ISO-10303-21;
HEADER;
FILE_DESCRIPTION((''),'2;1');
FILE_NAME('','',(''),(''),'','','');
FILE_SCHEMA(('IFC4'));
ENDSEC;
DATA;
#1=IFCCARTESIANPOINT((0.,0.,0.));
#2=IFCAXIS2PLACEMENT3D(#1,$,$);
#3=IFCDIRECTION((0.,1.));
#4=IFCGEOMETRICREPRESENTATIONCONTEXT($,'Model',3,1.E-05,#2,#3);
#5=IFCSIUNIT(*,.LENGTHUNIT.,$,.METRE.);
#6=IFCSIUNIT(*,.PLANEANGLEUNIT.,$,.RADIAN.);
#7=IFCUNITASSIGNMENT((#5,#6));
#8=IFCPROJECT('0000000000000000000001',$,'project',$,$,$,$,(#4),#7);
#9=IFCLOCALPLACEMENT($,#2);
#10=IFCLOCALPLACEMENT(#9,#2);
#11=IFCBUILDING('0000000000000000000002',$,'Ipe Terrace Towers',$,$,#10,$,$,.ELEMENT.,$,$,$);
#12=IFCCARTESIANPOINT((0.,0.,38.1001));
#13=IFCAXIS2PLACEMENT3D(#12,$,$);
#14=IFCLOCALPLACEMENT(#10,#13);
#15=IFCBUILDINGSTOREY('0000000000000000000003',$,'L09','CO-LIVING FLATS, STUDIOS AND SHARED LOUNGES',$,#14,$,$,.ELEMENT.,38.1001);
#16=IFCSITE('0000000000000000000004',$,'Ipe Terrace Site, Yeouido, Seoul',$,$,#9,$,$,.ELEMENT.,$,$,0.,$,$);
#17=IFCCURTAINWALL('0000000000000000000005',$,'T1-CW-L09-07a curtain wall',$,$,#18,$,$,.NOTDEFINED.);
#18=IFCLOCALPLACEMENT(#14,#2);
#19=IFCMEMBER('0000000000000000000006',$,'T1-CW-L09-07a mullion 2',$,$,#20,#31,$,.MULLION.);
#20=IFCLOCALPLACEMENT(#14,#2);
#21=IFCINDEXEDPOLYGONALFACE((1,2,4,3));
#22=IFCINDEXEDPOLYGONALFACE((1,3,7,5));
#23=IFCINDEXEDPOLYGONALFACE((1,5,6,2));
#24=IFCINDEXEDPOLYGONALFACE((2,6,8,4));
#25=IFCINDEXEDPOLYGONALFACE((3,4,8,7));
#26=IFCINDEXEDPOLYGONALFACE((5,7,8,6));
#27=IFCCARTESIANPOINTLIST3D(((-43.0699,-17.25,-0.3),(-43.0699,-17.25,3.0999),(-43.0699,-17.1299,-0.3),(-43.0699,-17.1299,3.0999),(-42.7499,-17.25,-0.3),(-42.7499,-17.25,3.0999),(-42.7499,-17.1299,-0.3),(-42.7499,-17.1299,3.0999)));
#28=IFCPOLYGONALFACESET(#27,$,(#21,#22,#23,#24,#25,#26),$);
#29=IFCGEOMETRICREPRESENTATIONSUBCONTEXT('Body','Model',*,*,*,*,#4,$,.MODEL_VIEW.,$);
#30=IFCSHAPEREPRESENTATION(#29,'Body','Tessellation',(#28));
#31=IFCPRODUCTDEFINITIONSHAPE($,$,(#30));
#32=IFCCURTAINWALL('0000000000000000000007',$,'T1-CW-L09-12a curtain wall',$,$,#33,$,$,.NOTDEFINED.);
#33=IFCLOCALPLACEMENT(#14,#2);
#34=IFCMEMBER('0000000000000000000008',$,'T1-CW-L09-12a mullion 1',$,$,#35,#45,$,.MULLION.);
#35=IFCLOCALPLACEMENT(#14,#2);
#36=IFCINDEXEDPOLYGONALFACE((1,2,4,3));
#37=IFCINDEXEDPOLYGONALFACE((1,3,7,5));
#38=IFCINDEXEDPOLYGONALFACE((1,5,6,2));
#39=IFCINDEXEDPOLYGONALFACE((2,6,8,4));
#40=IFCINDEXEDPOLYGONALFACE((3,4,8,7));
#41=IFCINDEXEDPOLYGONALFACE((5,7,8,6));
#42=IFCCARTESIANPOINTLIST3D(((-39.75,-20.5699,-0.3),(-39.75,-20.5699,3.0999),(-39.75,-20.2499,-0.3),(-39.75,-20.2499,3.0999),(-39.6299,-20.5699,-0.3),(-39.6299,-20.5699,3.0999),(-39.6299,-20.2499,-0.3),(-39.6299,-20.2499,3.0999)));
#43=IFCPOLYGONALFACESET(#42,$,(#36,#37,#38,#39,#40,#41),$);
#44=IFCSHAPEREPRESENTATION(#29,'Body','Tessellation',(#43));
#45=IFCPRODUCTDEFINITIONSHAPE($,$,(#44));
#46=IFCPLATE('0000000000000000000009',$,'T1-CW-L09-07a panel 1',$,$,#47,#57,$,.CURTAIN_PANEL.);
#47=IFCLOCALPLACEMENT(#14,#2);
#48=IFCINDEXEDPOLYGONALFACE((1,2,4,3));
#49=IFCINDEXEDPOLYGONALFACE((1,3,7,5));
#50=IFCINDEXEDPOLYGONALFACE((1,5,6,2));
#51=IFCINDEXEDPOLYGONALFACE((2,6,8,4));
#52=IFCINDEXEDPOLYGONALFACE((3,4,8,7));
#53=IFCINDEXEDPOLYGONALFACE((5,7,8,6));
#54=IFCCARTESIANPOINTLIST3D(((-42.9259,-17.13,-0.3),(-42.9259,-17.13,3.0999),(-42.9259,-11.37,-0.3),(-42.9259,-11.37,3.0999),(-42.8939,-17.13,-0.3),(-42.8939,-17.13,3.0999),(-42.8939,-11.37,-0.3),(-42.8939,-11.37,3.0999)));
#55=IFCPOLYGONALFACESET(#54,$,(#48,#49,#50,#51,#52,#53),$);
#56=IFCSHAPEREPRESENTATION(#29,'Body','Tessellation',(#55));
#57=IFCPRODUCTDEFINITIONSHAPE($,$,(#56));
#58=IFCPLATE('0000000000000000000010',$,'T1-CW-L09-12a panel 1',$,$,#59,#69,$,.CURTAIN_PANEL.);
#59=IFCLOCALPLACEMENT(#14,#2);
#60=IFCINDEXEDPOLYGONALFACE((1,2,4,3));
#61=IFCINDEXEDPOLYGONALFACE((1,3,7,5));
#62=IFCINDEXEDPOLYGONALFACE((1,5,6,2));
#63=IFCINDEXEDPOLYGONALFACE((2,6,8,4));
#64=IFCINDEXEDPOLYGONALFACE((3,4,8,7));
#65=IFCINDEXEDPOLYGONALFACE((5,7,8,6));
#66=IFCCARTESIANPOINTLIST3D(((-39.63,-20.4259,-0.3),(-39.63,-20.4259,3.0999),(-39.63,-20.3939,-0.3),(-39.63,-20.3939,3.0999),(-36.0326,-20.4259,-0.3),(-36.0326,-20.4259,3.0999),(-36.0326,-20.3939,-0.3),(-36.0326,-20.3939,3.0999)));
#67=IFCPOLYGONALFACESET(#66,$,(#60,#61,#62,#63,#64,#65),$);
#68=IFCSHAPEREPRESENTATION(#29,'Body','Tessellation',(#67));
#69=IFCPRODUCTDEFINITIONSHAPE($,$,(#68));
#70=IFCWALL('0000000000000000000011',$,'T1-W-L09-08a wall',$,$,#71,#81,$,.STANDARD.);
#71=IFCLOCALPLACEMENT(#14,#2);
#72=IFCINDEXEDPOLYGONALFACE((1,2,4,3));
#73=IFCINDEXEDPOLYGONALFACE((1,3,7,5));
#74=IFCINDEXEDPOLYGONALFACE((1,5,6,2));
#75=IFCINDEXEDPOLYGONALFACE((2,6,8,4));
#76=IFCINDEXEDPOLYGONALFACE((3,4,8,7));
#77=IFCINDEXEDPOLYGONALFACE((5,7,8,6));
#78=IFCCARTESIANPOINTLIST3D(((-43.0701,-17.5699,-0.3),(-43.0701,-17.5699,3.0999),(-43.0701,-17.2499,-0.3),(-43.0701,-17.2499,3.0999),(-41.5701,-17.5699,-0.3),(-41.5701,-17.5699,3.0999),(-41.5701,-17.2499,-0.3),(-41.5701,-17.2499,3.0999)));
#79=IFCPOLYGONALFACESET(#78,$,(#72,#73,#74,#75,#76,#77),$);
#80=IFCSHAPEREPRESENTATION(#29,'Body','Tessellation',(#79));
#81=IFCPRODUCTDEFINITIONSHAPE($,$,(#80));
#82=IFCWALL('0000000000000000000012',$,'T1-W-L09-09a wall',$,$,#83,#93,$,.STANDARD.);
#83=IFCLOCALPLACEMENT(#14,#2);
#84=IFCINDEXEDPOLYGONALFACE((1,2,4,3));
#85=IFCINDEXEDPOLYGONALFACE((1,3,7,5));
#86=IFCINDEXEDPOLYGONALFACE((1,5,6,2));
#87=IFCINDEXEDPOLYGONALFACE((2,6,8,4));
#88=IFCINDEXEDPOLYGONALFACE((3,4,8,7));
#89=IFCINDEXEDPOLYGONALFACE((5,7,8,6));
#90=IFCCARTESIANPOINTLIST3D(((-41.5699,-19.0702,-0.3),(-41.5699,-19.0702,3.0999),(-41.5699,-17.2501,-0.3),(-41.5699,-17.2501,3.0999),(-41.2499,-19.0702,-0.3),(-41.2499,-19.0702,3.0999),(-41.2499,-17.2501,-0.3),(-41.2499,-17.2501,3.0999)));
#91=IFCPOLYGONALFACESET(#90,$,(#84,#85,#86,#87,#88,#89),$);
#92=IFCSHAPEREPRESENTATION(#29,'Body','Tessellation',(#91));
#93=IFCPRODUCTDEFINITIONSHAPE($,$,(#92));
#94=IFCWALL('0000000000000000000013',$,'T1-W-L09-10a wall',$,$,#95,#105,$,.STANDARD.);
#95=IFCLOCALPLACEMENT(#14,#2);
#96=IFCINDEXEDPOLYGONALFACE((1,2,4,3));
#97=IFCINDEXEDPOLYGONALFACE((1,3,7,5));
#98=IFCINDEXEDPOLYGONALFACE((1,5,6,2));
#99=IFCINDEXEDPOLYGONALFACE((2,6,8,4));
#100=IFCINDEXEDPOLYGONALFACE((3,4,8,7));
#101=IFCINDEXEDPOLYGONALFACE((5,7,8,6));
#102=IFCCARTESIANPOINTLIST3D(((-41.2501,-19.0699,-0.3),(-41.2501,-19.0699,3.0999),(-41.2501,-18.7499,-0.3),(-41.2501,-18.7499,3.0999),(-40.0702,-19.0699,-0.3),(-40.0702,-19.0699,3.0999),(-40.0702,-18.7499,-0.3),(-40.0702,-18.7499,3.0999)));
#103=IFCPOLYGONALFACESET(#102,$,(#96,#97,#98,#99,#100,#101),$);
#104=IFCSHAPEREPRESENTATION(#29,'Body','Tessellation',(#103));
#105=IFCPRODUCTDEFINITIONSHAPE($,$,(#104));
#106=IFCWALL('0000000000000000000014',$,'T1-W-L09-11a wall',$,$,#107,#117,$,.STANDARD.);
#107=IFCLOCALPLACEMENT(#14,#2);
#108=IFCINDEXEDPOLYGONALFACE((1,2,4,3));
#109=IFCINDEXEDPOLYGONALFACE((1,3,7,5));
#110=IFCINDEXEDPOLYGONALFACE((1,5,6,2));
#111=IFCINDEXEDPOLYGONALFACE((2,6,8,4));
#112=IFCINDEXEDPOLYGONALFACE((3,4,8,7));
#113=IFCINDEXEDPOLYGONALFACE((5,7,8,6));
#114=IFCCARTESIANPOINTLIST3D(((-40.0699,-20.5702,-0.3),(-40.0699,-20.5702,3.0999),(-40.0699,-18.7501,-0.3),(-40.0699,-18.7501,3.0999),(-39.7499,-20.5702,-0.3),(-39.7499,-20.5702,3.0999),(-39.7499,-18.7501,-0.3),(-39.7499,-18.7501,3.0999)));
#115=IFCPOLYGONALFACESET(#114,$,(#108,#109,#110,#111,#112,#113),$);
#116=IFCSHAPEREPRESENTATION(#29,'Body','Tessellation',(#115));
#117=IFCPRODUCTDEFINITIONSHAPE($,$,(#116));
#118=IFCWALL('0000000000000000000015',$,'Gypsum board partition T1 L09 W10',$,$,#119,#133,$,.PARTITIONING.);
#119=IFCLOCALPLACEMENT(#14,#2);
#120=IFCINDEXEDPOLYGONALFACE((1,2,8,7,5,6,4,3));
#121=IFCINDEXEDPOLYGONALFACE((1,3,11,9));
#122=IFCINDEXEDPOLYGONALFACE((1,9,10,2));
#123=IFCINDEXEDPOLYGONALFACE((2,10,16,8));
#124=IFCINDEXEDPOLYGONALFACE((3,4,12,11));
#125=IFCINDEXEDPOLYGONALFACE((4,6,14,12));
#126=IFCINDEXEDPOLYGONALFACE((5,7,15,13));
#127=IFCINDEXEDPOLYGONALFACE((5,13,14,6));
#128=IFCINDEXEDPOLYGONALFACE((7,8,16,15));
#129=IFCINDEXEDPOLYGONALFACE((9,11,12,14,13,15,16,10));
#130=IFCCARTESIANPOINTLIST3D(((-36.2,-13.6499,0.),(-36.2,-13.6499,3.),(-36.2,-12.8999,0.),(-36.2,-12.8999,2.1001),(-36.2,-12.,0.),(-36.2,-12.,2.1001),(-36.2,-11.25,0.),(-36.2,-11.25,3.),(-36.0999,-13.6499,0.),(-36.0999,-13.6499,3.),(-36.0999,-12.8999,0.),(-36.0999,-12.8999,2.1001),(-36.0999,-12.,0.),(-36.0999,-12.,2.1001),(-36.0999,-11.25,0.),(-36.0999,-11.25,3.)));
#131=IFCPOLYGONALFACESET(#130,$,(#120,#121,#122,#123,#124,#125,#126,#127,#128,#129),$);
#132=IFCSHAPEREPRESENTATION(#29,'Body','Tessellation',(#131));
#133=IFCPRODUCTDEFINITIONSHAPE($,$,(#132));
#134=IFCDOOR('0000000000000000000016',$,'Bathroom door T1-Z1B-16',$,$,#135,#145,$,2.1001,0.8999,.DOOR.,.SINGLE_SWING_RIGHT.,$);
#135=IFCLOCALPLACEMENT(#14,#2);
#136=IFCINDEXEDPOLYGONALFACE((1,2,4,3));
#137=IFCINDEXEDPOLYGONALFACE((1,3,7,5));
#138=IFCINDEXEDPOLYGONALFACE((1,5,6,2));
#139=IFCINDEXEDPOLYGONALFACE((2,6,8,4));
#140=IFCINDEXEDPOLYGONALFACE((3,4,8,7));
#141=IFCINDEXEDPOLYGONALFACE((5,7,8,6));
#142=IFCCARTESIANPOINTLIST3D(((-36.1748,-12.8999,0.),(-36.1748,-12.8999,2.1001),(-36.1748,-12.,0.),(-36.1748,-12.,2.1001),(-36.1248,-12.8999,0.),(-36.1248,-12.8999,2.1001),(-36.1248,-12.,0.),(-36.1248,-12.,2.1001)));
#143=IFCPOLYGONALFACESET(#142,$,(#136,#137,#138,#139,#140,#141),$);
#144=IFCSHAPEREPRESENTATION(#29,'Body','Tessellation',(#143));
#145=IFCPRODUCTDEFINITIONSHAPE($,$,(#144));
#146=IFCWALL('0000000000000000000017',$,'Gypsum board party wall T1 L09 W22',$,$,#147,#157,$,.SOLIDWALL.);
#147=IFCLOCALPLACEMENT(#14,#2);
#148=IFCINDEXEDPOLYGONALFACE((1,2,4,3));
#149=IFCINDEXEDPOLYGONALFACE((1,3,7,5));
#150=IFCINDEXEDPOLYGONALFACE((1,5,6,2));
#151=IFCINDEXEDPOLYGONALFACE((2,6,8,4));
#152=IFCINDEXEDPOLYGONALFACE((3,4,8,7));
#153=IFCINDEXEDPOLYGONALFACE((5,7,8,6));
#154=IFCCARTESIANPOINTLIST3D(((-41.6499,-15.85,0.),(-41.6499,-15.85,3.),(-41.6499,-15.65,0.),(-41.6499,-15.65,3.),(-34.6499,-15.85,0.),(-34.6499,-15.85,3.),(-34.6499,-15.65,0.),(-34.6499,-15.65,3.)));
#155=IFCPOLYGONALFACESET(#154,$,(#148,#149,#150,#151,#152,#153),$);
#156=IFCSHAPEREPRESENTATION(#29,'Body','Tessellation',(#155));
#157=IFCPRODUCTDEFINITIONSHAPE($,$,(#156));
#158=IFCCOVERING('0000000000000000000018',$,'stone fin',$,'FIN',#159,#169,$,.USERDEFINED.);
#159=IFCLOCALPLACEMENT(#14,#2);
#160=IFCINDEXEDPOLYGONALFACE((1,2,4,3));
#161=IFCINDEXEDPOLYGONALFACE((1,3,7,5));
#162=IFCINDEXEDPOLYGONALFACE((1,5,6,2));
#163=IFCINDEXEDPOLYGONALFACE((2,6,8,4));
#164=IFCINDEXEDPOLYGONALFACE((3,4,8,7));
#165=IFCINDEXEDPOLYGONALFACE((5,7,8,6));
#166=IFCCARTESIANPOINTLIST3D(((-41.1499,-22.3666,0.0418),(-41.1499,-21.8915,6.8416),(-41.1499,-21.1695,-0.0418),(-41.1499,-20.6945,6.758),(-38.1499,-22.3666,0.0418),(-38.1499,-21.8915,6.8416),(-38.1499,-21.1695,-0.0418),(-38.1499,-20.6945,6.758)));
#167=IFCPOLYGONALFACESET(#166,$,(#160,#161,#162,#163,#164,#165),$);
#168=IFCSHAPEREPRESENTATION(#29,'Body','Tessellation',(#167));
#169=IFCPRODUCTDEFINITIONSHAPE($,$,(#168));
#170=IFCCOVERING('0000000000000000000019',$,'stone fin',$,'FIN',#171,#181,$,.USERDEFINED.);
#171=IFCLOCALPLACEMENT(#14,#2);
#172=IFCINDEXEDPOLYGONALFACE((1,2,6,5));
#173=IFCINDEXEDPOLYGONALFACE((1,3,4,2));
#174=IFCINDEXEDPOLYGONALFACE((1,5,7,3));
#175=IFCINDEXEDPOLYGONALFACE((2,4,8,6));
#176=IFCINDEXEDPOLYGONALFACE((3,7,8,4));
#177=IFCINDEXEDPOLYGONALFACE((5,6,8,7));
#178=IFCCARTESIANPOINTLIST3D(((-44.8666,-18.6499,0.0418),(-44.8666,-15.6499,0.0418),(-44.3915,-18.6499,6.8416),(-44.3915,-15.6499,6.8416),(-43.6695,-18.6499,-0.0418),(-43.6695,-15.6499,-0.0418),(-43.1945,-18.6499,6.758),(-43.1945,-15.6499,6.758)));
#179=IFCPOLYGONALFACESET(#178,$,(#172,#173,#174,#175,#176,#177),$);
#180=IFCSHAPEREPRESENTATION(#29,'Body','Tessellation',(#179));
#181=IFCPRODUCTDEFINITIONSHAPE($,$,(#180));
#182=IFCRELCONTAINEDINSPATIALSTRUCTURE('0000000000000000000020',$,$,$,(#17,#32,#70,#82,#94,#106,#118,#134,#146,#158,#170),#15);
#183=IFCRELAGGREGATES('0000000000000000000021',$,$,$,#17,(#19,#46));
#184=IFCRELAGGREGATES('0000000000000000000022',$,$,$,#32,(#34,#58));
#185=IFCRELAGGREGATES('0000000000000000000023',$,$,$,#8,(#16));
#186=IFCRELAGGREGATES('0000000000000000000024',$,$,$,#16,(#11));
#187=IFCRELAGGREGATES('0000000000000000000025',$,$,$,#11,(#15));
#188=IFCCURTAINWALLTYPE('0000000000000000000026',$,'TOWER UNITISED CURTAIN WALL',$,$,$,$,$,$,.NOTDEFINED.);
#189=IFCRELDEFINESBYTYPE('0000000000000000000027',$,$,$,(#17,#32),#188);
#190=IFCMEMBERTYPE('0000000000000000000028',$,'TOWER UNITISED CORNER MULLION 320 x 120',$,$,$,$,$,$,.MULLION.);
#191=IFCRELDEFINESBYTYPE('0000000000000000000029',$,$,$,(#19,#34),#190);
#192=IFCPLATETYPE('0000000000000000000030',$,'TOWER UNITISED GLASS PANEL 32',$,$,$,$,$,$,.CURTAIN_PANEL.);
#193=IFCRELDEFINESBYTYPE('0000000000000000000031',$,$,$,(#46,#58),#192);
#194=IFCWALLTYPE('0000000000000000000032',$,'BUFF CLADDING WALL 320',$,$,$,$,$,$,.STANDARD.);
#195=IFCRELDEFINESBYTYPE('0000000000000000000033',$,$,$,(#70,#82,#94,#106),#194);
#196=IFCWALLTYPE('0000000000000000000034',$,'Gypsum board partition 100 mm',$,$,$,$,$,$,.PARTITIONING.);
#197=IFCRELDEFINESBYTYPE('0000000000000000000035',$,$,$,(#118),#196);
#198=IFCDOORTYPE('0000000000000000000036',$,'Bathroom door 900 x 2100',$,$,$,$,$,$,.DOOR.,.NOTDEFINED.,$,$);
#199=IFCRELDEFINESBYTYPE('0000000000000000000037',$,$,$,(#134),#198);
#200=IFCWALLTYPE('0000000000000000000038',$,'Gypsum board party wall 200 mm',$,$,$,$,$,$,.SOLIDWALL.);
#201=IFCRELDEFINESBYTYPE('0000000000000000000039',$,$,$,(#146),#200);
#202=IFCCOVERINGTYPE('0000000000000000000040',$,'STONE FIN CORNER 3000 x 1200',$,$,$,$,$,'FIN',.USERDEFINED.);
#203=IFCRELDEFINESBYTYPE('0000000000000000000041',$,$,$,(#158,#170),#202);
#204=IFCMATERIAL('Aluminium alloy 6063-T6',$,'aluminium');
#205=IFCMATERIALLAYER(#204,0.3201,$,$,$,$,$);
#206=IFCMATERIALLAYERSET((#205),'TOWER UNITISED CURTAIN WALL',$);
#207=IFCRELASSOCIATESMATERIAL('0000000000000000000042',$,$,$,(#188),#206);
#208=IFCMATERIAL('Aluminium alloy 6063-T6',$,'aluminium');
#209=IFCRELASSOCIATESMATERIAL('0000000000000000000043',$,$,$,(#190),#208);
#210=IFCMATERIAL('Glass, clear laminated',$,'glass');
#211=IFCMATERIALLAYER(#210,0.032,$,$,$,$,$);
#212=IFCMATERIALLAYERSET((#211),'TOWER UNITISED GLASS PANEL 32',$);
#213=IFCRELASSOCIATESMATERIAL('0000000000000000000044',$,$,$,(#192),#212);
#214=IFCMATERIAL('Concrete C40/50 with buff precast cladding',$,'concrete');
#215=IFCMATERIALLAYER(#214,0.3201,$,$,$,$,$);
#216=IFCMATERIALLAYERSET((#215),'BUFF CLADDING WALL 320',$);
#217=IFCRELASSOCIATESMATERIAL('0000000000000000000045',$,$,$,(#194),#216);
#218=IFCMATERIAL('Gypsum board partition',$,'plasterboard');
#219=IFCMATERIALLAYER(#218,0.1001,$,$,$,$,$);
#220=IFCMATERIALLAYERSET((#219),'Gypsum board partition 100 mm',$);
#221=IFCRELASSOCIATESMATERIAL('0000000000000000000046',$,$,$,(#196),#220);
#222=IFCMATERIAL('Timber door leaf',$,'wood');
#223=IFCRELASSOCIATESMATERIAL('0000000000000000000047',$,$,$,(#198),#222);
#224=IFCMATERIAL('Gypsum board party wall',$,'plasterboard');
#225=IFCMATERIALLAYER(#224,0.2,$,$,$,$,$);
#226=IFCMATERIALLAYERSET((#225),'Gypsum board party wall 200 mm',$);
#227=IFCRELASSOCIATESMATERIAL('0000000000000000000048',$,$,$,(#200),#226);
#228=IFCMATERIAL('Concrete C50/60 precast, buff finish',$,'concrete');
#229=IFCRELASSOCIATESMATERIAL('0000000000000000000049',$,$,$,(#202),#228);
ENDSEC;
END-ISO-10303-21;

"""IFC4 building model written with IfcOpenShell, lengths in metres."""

from ifc_helpers import new_model, si_unit, direction, frame, frame_2d, origin, origin_2d, place, context, subcontext, project, spatial, rectangle, extrude, material, layer, layer_set, material_profile, profile_set, type_object, element, fill, aggregate, save


model = new_model("IFC4")

# Units and contexts
model_context = context("Model", 3, precision=1e-05, world=origin(), true_north=direction((0.0, 1.0)))
body_context = subcontext(model_context, "Body", "Model", "MODEL_VIEW")
ifc_project = project(units=[si_unit("LENGTHUNIT", "METRE"), si_unit("PLANEANGLEUNIT", "RADIAN")], contexts=[model_context])

# Site, building, storey
site_placement = place(None, origin())
site = spatial("IfcSite", under=ifc_project, at=site_placement, Name="Ipe Terrace Site, Yeouido, Seoul", CompositionType="ELEMENT", RefElevation=0.0)
building_placement = place(site_placement, origin())
building = spatial("IfcBuilding", under=site, at=building_placement, Name="Ipe Terrace Towers", CompositionType="ELEMENT")
storey_placement = place(building_placement, frame((0.0, 0.0, 38.1001)))
storey = spatial("IfcBuildingStorey", under=building, at=storey_placement, Name="L09", Description="CO-LIVING FLATS, STUDIOS AND SHARED LOUNGES", CompositionType="ELEMENT", Elevation=38.1001)

# Curtain walls, members
ifc_material_1 = material(Name="Aluminium alloy 6063-T6", Category="aluminium")
ifc_layer_1 = layer(ifc_material_1, 0.3201)
ifc_layer_set_1 = layer_set([ifc_layer_1], Name="TOWER UNITISED CURTAIN WALL")
curtain_wall_type = type_object("IfcCurtainWallType", Name="TOWER UNITISED CURTAIN WALL", PredefinedType="NOTDEFINED", material=ifc_layer_set_1)
curtain_wall_1_placement = place(storey_placement, origin())
curtain_wall_1 = element("IfcCurtainWall", 1, at=curtain_wall_1_placement, inside=storey, type_object=curtain_wall_type, Name="T1-CW-L09-07a curtain wall", PredefinedType="NOTDEFINED")
ifc_material_2 = material(Name="Aluminium alloy 6063-T6", Category="aluminium")
ifc_material_profile_1 = material_profile(ifc_material_2, rectangle(XDim=0.3201, YDim=0.1201, at=origin_2d()), Name="TOWER UNITISED CORNER MULLION 320 x 120")
ifc_profile_set_1 = profile_set([ifc_material_profile_1], Name="Aluminium alloy 6063-T6")
member_type = type_object("IfcMemberType", Name="TOWER UNITISED CORNER MULLION 320 x 120", PredefinedType="MULLION", material=ifc_profile_set_1)
member_1_placement = place(storey_placement, frame((-42.9099, -17.1899, -0.3), z_axis=(0.0, 0.0, 1.0), x_axis=(-1.0, 0.0, 0.0)))
member_1 = element("IfcMember", 2, at=member_1_placement, type_object=member_type, Name="T1-CW-L09-07a mullion 2", PredefinedType="MULLION", context=body_context, shape_type="SweptSolid", body=[
    extrude(rectangle(XDim=0.3201, YDim=0.1201, at=origin_2d()), origin(), (0.0, 0.0, 1.0), 3.3999),
])
curtain_wall_2_placement = place(storey_placement, origin())
curtain_wall_2 = element("IfcCurtainWall", 3, at=curtain_wall_2_placement, inside=storey, type_object=curtain_wall_type, Name="T1-CW-L09-12a curtain wall", PredefinedType="NOTDEFINED")
member_2_placement = place(storey_placement, frame((-39.6899, -20.4099, -0.3), z_axis=(0.0, 0.0, 1.0), x_axis=(0.0, -1.0, 0.0)))
member_2 = element("IfcMember", 4, at=member_2_placement, type_object=member_type, Name="T1-CW-L09-12a mullion 1", PredefinedType="MULLION", context=body_context, shape_type="SweptSolid", body=[
    extrude(rectangle(XDim=0.3201, YDim=0.1201, at=origin_2d()), origin(), (0.0, 0.0, 1.0), 3.3999),
])

# Plates
ifc_material_3 = material(Name="Glass, clear laminated", Category="glass")
ifc_layer_2 = layer(ifc_material_3, 0.032)
ifc_layer_set_2 = layer_set([ifc_layer_2], Name="TOWER UNITISED GLASS PANEL 32")
plate_type = type_object("IfcPlateType", Name="TOWER UNITISED GLASS PANEL 32", PredefinedType="CURTAIN_PANEL", material=ifc_layer_set_2)
plate_1_placement = place(storey_placement, frame((-42.9099, -14.25, -0.3), z_axis=(0.0, 0.0, 1.0), x_axis=(0.0, -1.0, 0.0)))
plate_1 = element("IfcPlate", 5, at=plate_1_placement, type_object=plate_type, Name="T1-CW-L09-07a panel 1", PredefinedType="CURTAIN_PANEL", context=body_context, shape_type="SweptSolid", body=[
    extrude(rectangle(XDim=5.76, YDim=0.032, at=origin_2d()), origin(), (0.0, 0.0, 1.0), 3.3999),
])
aggregate(curtain_wall_1, [member_1, plate_1])
plate_2_placement = place(storey_placement, frame((-37.8313, -20.4099, -0.3), z_axis=(0.0, 0.0, 1.0), x_axis=(1.0, 0.0, 0.0)))
plate_2 = element("IfcPlate", 6, at=plate_2_placement, type_object=plate_type, Name="T1-CW-L09-12a panel 1", PredefinedType="CURTAIN_PANEL", context=body_context, shape_type="SweptSolid", body=[
    extrude(rectangle(XDim=3.5974, YDim=0.032, at=origin_2d()), origin(), (0.0, 0.0, 1.0), 3.3999),
])
aggregate(curtain_wall_2, [member_2, plate_2])

# Walls
ifc_material_4 = material(Name="Concrete C40/50 with buff precast cladding", Category="concrete")
ifc_layer_3 = layer(ifc_material_4, 0.3201)
ifc_layer_set_3 = layer_set([ifc_layer_3], Name="BUFF CLADDING WALL 320")
wall_type_1 = type_object("IfcWallType", Name="BUFF CLADDING WALL 320", PredefinedType="STANDARD", material=ifc_layer_set_3)
wall_1_placement = place(storey_placement, frame((-43.0701, -17.4099, -0.3), z_axis=(0.0, 0.0, 1.0), x_axis=(1.0, 0.0, 0.0)))
element("IfcWall", 7, at=wall_1_placement, inside=storey, type_object=wall_type_1, Name="T1-W-L09-08a wall", PredefinedType="STANDARD", context=body_context, shape_type="SweptSolid", body=[
    extrude(rectangle(XDim=1.5, YDim=0.3201, at=frame_2d((0.75, 0.0))), origin(), (0.0, 0.0, 1.0), 3.3999),
])
wall_2_placement = place(storey_placement, frame((-41.4099, -17.25, -0.3), z_axis=(0.0, 0.0, 1.0), x_axis=(0.0, -1.0, 0.0)))
element("IfcWall", 8, at=wall_2_placement, inside=storey, type_object=wall_type_1, Name="T1-W-L09-09a wall", PredefinedType="STANDARD", context=body_context, shape_type="SweptSolid", body=[
    extrude(rectangle(XDim=1.8201, YDim=0.3201, at=frame_2d((0.9102, 0.0))), origin(), (0.0, 0.0, 1.0), 3.3999),
])
wall_3_placement = place(storey_placement, frame((-41.25, -18.9099, -0.3), z_axis=(0.0, 0.0, 1.0), x_axis=(1.0, 0.0, 0.0)))
element("IfcWall", 9, at=wall_3_placement, inside=storey, type_object=wall_type_1, Name="T1-W-L09-10a wall", PredefinedType="STANDARD", context=body_context, shape_type="SweptSolid", body=[
    extrude(rectangle(XDim=1.1799, YDim=0.3201, at=frame_2d((0.5898, 0.0))), origin(), (0.0, 0.0, 1.0), 3.3999),
])
wall_4_placement = place(storey_placement, frame((-39.9099, -18.75, -0.3), z_axis=(0.0, 0.0, 1.0), x_axis=(0.0, -1.0, 0.0)))
element("IfcWall", 10, at=wall_4_placement, inside=storey, type_object=wall_type_1, Name="T1-W-L09-11a wall", PredefinedType="STANDARD", context=body_context, shape_type="SweptSolid", body=[
    extrude(rectangle(XDim=1.8201, YDim=0.3201, at=frame_2d((0.9102, 0.0))), origin(), (0.0, 0.0, 1.0), 3.3999),
])

# Wall, opening, door
ifc_material_5 = material(Name="Gypsum board partition", Category="plasterboard")
ifc_layer_4 = layer(ifc_material_5, 0.1001)
ifc_layer_set_4 = layer_set([ifc_layer_4], Name="Gypsum board partition 100 mm")
wall_type_2 = type_object("IfcWallType", Name="Gypsum board partition 100 mm", PredefinedType="PARTITIONING", material=ifc_layer_set_4)
wall_5_placement = place(storey_placement, frame((-36.1499, -13.6499, 0.0), z_axis=(0.0, 0.0, 1.0), x_axis=(0.0, 1.0, 0.0)))
wall_5 = element("IfcWall", 11, at=wall_5_placement, inside=storey, type_object=wall_type_2, Name="Gypsum board partition T1 L09 W10", PredefinedType="PARTITIONING", context=body_context, shape_type="SweptSolid", body=[
    extrude(rectangle(XDim=2.3999, YDim=0.1001, at=frame_2d((1.2, 0.0))), origin(), (0.0, 0.0, 1.0), 3.0),
])
opening_placement = place(wall_5_placement, frame((0.75, 0.0, 0.0)))
opening = element("IfcOpeningElement", 12, at=opening_placement, cuts=wall_5, PredefinedType="OPENING", context=body_context, shape_type="SweptSolid", body=[
    extrude(rectangle(XDim=0.8999, YDim=2.1001, at=frame_2d((0.45, 1.05))), frame((0.0, 0.0601, 0.0), z_axis=(0.0, -1.0, 0.0), x_axis=(1.0, 0.0, 0.0)), (0.0, 0.0, 1.0), 0.1201),
])
ifc_material_6 = material(Name="Timber door leaf", Category="wood")
door_type = type_object("IfcDoorType", Name="Bathroom door 900 x 2100", OperationType="NOTDEFINED", PredefinedType="DOOR", material=ifc_material_6)
door_placement = place(opening_placement, origin())
door = element("IfcDoor", 13, at=door_placement, inside=storey, type_object=door_type, Name="Bathroom door T1-Z1B-16", OperationType="SINGLE_SWING_RIGHT", OverallHeight=2.1001, OverallWidth=0.8999, PredefinedType="DOOR", context=body_context, shape_type="SweptSolid", body=[
    extrude(rectangle(XDim=0.8999, YDim=2.1001, at=frame_2d((0.45, 1.05))), frame((0.0, 0.0249, 0.0), z_axis=(0.0, -1.0, 0.0), x_axis=(1.0, 0.0, 0.0)), (0.0, 0.0, 1.0), 0.05),
])
fill(opening, door)

# Wall
ifc_material_7 = material(Name="Gypsum board party wall", Category="plasterboard")
ifc_layer_5 = layer(ifc_material_7, 0.2)
ifc_layer_set_5 = layer_set([ifc_layer_5], Name="Gypsum board party wall 200 mm")
wall_type_3 = type_object("IfcWallType", Name="Gypsum board party wall 200 mm", PredefinedType="SOLIDWALL", material=ifc_layer_set_5)
wall_6_placement = place(storey_placement, frame((-41.6499, -15.75, 0.0), z_axis=(0.0, 0.0, 1.0), x_axis=(1.0, 0.0, 0.0)))
element("IfcWall", 14, at=wall_6_placement, inside=storey, type_object=wall_type_3, Name="Gypsum board party wall T1 L09 W22", PredefinedType="SOLIDWALL", context=body_context, shape_type="SweptSolid", body=[
    extrude(rectangle(XDim=7.0, YDim=0.2, at=frame_2d((3.5, 0.0))), origin(), (0.0, 0.0, 1.0), 3.0),
])

# Coverings
ifc_material_8 = material(Name="Concrete C50/60 precast, buff finish", Category="concrete")
ifc_material_profile_2 = material_profile(ifc_material_8, rectangle(XDim=3.0, YDim=1.2, at=origin_2d()), Name="STONE FIN CORNER 3000 x 1200")
ifc_profile_set_2 = profile_set([ifc_material_profile_2], Name="Concrete C50/60 precast, buff finish")
covering_type_1 = type_object("IfcCoveringType", Name="STONE FIN CORNER 3000 x 1200", ElementType="FIN", PredefinedType="USERDEFINED", material=ifc_profile_set_2)
for number, where, z_axis, x_axis, name in (
    (15, (-39.6499, -21.7681, 0.0), (0.0, 0.069699, 0.997568), (1.0, 0.0, 0.0), "stone fin"),
    (16, (-44.2681, -17.1499, 0.0), (0.069699, 0.0, 0.997568), (0.0, -1.0, 0.0), "stone fin"),
):
    element("IfcCovering", number, at=place(storey_placement, frame(where, z_axis=z_axis, x_axis=x_axis)), inside=storey, type_object=covering_type_1, Name=name, ObjectType="FIN", PredefinedType="USERDEFINED", context=body_context, shape_type="SweptSolid", body=[
        extrude(rectangle(XDim=3.0, YDim=1.2, at=origin_2d()), origin(), (0.0, 0.0, 1.0), 6.8164),
    ])

save(model, "model.ifc")
